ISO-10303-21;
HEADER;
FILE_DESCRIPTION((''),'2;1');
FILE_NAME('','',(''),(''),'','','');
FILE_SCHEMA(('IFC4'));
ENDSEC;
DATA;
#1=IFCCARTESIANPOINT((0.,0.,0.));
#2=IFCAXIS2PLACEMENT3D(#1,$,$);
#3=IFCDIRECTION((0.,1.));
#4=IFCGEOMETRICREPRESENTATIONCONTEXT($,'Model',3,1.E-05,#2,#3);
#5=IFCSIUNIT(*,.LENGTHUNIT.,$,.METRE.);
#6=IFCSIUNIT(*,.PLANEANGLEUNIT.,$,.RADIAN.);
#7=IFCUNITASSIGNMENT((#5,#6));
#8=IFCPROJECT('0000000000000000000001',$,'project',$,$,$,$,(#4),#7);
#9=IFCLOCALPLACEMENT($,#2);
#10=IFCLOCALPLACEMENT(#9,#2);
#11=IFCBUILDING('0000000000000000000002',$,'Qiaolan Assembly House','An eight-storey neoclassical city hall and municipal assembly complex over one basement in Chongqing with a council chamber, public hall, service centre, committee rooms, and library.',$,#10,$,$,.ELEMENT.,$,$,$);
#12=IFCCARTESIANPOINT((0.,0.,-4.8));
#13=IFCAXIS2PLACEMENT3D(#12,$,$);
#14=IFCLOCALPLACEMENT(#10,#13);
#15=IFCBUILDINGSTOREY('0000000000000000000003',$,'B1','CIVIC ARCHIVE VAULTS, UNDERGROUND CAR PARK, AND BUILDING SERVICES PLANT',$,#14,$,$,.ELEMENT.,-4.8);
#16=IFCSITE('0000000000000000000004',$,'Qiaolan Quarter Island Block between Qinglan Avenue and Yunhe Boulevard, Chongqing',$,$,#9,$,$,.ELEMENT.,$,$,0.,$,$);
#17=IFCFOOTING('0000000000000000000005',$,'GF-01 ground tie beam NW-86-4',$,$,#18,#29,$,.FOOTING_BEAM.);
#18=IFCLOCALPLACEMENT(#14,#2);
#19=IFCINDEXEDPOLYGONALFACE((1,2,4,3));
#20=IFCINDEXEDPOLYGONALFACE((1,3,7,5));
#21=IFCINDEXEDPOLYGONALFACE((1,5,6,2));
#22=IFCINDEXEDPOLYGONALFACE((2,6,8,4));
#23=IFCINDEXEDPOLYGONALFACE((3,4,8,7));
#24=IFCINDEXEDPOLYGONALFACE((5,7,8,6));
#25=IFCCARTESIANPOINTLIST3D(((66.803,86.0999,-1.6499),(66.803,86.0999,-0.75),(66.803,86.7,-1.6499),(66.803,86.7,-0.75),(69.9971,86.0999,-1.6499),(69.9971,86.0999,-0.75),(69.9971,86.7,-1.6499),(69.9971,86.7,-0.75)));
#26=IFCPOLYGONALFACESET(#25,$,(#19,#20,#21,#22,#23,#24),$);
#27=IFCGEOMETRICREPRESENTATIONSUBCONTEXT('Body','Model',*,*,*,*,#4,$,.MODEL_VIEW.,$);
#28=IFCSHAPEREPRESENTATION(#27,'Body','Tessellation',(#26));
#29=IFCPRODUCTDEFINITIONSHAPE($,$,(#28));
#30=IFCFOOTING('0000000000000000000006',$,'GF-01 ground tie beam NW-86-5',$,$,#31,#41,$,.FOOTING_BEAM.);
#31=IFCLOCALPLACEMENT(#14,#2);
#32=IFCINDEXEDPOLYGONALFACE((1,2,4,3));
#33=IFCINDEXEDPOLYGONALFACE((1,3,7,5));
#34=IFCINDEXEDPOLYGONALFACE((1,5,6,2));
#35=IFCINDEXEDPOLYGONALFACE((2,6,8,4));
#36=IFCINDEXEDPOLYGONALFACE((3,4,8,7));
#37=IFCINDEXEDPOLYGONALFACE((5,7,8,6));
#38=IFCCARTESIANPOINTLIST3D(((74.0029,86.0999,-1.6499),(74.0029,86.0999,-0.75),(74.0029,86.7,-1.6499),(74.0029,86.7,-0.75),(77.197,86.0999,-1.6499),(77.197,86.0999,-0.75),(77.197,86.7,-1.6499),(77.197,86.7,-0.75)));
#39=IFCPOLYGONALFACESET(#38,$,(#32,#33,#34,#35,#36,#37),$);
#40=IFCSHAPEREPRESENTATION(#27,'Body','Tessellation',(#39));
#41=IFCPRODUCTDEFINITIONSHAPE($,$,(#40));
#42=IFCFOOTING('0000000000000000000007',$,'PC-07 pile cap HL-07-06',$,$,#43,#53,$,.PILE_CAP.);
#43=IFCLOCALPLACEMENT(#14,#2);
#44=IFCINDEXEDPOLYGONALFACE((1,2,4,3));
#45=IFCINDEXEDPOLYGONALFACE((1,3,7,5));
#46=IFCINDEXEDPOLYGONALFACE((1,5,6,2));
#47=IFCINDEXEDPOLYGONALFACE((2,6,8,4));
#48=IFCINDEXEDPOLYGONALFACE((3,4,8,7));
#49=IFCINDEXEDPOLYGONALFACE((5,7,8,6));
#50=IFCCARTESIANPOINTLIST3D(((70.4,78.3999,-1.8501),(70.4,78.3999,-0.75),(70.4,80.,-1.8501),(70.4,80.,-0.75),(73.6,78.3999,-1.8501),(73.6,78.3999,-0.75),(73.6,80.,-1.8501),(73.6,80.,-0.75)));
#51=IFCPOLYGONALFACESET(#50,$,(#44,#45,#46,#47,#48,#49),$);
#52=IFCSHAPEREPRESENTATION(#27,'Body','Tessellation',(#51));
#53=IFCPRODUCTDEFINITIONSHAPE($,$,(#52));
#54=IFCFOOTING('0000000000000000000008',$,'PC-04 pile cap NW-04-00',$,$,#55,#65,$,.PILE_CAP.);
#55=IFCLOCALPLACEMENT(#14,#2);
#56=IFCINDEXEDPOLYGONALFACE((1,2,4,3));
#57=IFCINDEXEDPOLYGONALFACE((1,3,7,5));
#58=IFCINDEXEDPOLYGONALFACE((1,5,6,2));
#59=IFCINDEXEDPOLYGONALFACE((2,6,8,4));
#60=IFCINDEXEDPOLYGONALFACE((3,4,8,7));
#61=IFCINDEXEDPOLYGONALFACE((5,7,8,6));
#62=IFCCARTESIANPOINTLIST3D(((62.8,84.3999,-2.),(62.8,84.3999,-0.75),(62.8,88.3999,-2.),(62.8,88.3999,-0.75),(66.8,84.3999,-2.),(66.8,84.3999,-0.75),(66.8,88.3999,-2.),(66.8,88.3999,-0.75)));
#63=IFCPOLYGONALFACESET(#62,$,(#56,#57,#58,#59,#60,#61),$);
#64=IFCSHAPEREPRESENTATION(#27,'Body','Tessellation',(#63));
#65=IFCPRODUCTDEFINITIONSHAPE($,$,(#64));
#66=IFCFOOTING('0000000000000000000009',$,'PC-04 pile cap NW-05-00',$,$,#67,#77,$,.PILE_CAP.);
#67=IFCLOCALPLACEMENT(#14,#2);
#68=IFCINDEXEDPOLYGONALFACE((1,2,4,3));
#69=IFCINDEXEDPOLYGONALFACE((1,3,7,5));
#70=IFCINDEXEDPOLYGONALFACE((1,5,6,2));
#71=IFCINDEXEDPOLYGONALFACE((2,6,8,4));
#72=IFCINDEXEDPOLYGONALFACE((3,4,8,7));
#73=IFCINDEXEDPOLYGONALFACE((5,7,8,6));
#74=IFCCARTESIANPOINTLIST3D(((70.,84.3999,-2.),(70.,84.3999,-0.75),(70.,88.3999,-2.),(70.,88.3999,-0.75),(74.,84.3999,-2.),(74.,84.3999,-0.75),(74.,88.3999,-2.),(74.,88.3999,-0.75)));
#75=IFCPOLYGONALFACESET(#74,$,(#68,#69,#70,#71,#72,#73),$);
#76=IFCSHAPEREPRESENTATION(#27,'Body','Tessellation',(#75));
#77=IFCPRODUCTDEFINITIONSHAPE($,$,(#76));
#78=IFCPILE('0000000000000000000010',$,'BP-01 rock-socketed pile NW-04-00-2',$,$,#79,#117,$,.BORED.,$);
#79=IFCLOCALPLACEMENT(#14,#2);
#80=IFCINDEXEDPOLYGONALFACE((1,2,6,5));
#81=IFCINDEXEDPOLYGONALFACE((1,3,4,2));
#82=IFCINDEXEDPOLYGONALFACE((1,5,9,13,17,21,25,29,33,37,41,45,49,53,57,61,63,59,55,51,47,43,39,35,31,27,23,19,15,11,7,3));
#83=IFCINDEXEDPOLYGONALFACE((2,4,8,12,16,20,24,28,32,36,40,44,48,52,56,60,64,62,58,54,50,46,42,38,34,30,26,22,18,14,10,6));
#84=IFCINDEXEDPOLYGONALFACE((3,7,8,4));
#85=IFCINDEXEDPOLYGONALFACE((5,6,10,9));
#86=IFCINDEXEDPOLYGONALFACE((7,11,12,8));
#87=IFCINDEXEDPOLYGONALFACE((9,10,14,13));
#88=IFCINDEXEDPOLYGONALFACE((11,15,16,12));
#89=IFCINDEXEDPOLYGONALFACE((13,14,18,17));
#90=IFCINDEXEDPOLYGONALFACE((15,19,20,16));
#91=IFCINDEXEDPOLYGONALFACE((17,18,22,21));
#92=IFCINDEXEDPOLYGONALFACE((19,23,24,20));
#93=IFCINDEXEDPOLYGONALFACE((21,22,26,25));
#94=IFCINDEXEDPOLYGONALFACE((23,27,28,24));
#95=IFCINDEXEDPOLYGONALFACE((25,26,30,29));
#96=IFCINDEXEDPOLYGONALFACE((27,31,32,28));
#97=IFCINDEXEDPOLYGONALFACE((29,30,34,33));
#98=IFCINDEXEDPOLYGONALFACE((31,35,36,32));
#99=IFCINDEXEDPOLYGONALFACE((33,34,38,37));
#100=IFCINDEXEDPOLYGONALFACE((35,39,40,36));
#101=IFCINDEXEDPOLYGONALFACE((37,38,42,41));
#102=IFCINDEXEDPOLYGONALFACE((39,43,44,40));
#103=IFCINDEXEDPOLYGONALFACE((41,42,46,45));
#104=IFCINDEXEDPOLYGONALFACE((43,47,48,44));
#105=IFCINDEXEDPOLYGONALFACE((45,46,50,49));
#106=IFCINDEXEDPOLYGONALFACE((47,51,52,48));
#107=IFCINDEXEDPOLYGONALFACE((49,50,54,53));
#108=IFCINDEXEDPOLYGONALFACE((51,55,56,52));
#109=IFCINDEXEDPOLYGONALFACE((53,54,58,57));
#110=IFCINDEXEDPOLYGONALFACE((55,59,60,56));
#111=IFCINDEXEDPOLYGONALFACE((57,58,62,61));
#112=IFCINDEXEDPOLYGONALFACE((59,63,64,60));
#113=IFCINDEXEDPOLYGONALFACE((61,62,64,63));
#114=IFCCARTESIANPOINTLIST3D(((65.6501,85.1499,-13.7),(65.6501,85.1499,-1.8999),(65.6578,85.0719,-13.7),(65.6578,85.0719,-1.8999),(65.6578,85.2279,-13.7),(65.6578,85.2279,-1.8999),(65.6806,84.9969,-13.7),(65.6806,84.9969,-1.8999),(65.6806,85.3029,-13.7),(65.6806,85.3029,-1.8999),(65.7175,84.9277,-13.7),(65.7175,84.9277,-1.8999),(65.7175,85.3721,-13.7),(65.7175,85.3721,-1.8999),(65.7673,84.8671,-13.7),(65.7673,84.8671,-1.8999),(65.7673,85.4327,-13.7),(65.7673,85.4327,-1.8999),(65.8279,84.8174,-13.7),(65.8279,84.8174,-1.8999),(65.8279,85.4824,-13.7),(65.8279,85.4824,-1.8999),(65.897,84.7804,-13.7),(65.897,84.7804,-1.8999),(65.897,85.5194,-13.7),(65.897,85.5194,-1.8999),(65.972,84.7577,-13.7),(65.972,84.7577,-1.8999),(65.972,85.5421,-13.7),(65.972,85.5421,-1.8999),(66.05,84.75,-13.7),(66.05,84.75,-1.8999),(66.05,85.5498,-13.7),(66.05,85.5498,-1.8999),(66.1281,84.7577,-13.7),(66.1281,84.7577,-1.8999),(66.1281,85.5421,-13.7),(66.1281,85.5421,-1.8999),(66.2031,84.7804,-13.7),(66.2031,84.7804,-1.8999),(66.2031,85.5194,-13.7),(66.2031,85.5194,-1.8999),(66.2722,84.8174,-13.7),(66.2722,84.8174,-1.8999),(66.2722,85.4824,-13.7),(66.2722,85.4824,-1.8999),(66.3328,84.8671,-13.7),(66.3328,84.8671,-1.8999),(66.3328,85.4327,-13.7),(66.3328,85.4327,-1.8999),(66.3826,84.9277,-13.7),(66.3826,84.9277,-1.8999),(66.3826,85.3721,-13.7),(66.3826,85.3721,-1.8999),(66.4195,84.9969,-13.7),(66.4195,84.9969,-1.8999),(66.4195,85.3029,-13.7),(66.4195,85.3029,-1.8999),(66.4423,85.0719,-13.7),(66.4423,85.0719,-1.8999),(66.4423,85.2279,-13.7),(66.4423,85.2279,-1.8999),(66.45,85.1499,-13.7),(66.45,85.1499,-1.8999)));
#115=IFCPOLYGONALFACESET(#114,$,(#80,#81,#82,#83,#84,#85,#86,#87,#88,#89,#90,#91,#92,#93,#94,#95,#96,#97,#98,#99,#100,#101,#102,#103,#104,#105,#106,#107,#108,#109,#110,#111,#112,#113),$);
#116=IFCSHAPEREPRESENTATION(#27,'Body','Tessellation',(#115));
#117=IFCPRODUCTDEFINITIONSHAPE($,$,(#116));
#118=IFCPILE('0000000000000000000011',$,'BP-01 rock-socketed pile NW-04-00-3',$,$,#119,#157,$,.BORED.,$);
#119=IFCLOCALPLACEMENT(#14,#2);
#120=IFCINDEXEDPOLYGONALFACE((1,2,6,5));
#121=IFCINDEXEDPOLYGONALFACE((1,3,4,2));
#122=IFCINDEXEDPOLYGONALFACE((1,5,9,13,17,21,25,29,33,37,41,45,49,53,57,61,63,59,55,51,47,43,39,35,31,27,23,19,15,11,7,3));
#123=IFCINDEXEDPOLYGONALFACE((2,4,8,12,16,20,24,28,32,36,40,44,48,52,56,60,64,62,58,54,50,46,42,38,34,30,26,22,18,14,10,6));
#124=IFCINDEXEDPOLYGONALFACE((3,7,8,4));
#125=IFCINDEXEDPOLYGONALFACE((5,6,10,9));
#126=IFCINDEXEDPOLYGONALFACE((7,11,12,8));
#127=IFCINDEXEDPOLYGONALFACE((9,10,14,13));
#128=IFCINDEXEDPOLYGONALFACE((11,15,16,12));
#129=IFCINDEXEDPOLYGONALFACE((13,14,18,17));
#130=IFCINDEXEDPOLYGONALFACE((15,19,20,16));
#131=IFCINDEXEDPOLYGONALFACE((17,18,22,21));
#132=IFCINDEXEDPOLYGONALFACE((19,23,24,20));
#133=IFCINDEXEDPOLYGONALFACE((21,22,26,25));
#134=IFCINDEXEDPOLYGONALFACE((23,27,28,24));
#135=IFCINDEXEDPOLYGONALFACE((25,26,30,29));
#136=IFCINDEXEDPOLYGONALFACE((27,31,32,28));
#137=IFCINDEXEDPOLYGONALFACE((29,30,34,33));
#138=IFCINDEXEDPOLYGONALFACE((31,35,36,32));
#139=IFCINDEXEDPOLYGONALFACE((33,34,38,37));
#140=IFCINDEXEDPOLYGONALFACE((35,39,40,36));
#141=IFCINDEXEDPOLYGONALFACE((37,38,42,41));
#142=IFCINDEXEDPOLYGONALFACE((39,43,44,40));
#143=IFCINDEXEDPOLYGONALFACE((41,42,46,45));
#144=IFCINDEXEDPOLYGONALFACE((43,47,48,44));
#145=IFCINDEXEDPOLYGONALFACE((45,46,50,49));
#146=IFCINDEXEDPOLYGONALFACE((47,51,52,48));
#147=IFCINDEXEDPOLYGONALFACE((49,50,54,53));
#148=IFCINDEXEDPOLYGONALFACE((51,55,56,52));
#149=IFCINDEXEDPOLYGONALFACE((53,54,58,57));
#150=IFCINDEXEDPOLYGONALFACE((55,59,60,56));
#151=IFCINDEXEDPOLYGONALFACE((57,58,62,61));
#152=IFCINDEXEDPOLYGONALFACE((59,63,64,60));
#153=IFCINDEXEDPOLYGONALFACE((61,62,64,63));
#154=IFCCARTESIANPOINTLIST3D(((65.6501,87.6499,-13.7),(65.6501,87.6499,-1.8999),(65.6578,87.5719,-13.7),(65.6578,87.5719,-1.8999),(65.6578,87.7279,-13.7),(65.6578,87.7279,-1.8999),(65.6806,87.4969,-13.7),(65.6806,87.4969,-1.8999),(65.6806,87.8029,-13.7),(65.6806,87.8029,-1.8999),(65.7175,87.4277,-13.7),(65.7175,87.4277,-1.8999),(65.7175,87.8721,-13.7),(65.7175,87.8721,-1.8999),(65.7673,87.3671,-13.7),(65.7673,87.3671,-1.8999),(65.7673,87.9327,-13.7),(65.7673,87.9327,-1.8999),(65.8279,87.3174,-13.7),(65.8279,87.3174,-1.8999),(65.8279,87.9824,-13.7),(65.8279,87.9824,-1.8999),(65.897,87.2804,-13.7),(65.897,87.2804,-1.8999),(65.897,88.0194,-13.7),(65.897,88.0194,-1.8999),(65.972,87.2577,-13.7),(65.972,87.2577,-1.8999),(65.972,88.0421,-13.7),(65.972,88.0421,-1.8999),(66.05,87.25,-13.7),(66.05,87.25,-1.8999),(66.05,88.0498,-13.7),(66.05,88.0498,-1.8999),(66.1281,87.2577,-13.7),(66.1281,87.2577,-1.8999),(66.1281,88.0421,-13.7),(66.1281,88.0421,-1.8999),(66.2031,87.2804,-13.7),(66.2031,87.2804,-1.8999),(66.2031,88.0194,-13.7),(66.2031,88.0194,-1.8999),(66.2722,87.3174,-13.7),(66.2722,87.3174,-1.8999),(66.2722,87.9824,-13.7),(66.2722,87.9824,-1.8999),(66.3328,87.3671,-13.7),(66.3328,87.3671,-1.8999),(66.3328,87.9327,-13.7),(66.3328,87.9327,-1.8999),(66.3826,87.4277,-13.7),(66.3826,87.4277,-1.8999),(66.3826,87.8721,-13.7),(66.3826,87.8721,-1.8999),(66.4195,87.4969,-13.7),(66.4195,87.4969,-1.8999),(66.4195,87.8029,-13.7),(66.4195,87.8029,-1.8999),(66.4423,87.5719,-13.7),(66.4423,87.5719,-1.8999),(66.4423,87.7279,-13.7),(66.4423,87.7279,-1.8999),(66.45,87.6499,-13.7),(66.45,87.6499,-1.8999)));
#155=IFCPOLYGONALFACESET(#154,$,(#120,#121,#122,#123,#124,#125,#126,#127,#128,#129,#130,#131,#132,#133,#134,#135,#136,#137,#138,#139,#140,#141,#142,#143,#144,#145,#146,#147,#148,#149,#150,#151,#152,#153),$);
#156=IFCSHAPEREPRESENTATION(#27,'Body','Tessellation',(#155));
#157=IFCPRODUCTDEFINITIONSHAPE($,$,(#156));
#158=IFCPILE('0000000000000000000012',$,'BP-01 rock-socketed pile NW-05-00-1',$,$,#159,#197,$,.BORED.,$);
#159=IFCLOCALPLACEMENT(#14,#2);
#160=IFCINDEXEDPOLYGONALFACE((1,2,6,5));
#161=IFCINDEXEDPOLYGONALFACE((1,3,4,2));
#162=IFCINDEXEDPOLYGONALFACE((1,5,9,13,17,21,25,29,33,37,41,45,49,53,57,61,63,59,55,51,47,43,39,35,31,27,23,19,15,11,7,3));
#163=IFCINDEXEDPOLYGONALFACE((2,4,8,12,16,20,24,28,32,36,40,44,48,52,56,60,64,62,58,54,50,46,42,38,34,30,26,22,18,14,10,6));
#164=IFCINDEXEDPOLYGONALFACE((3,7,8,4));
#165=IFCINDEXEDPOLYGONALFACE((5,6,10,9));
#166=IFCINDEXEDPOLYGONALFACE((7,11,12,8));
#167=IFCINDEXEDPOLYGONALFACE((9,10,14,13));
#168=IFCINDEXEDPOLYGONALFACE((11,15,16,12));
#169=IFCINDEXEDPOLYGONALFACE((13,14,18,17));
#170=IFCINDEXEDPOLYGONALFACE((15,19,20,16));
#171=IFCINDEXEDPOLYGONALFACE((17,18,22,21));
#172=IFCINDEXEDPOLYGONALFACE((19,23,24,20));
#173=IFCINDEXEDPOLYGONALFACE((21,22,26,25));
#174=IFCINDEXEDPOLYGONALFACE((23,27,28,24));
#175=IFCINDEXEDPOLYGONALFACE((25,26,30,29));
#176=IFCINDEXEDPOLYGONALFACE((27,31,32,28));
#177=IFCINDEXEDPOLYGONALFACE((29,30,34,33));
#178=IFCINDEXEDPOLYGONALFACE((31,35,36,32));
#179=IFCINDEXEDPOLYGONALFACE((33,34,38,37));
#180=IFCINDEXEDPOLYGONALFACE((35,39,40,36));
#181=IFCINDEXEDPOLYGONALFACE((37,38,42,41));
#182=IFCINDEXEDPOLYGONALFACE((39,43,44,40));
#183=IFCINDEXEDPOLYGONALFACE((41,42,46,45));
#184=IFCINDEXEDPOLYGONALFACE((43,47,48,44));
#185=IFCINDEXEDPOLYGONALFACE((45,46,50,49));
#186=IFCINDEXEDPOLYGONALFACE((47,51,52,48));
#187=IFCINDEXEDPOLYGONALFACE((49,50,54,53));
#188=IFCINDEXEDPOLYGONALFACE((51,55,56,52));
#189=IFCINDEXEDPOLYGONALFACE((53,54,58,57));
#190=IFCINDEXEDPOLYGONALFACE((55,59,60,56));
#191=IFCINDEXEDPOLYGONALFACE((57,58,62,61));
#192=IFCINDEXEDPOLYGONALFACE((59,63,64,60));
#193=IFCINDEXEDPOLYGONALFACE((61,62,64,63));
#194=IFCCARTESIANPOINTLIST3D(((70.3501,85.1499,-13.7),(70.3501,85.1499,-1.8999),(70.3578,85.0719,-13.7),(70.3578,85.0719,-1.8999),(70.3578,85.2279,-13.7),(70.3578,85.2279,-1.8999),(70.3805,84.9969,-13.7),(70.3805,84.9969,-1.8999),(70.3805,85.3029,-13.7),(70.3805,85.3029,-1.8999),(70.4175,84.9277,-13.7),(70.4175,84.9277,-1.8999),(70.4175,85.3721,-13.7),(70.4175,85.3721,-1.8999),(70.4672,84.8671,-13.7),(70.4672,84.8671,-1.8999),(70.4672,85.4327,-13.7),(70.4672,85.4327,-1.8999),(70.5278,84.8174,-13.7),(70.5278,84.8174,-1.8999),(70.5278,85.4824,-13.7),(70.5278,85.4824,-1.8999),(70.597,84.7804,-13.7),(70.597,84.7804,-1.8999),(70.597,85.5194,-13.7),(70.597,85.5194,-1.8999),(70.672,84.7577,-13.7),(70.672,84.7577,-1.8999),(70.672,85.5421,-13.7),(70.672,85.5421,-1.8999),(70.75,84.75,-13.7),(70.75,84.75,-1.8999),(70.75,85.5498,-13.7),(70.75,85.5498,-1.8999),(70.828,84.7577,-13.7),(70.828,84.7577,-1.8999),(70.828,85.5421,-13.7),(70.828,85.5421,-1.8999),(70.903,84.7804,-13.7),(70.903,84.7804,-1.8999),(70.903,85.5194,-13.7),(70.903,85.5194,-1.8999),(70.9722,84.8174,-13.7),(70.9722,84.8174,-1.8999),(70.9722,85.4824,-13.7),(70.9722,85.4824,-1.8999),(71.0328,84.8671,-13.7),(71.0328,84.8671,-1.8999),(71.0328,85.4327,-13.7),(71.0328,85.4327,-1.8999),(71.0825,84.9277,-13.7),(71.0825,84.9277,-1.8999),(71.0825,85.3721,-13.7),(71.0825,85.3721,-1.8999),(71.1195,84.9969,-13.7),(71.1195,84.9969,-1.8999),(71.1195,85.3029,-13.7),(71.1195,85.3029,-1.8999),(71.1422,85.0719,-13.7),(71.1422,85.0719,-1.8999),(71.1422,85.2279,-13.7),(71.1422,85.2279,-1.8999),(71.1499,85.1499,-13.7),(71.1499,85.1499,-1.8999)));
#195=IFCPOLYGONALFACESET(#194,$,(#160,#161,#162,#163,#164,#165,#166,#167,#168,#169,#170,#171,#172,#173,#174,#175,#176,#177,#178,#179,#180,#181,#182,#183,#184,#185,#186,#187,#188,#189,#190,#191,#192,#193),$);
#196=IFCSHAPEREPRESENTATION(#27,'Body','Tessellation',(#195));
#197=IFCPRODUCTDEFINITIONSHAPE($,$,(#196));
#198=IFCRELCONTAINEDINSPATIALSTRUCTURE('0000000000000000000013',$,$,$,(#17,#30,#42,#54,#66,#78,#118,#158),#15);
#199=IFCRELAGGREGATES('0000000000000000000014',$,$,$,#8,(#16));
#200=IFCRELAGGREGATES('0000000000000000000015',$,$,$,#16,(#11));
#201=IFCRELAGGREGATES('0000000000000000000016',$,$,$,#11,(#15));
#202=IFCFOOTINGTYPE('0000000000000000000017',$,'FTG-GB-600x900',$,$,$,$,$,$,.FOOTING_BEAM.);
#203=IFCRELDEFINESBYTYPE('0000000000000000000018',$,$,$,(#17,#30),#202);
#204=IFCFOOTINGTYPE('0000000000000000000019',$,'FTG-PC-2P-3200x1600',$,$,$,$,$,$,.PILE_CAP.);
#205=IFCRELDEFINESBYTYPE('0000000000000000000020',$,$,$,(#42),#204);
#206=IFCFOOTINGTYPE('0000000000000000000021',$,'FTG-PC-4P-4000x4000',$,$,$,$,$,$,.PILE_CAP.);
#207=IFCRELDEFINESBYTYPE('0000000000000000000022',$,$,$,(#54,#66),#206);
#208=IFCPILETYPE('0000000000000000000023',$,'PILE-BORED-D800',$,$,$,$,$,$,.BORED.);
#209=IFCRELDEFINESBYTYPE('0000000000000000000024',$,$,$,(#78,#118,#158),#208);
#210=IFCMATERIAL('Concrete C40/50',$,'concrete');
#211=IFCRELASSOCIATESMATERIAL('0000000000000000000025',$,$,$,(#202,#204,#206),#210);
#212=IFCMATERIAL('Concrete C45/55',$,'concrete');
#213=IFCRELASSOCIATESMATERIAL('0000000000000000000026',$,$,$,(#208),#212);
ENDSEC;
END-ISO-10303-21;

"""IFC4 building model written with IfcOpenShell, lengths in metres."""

from ifc_helpers import new_model, si_unit, direction, frame, origin, origin_2d, place, context, subcontext, project, spatial, rectangle, circle, extrude, material, material_profile, profile_set, type_object, element, save


model = new_model("IFC4")

# Units and contexts
model_context = context("Model", 3, precision=1e-05, world=origin(), true_north=direction((0.0, 1.0)))
body_context = subcontext(model_context, "Body", "Model", "MODEL_VIEW")
ifc_project = project(units=[si_unit("LENGTHUNIT", "METRE"), si_unit("PLANEANGLEUNIT", "RADIAN")], contexts=[model_context])

# Site, building, storey
site_placement = place(None, origin())
site = spatial("IfcSite", under=ifc_project, at=site_placement, Name="Qiaolan Quarter Island Block between Qinglan Avenue and Yunhe Boulevard, Chongqing", CompositionType="ELEMENT", RefElevation=0.0)
building_placement = place(site_placement, origin())
building = spatial("IfcBuilding", under=site, at=building_placement, Name="Qiaolan Assembly House", Description="An eight-storey neoclassical city hall and municipal assembly complex over one basement in Chongqing with a council chamber, public hall, service centre, committee rooms, and library.", CompositionType="ELEMENT")
storey_placement = place(building_placement, frame((0.0, 0.0, -4.8)))
storey = spatial("IfcBuildingStorey", under=building, at=storey_placement, Name="B1", Description="CIVIC ARCHIVE VAULTS, UNDERGROUND CAR PARK, AND BUILDING SERVICES PLANT", CompositionType="ELEMENT", Elevation=-4.8)

# Footings
ifc_material_1 = material(Name="Concrete C40/50", Category="concrete")
ifc_material_profile_1 = material_profile(ifc_material_1, rectangle(XDim=0.6001, YDim=0.8999, at=origin_2d()), Name="GF 600x900")
ifc_profile_set_1 = profile_set([ifc_material_profile_1], Name="Concrete C40/50")
footing_type_1 = type_object("IfcFootingType", Name="FTG-GB-600x900", PredefinedType="FOOTING_BEAM", material=ifc_profile_set_1)
for number, where, z_axis, x_axis, name in (
    (1, (66.803, 86.3999, -1.2), (1.0, 0.0, 0.0), (0.0, 1.0, 0.0), "GF-01 ground tie beam NW-86-4"),
    (2, (74.0029, 86.3999, -1.2), (1.0, 0.0, 0.0), (0.0, 1.0, 0.0), "GF-01 ground tie beam NW-86-5"),
):
    element("IfcFooting", number, at=place(storey_placement, frame(where, z_axis=z_axis, x_axis=x_axis)), inside=storey, type_object=footing_type_1, Name=name, PredefinedType="FOOTING_BEAM", context=body_context, shape_type="SweptSolid", body=[
        extrude(rectangle(XDim=0.6001, YDim=0.8999, at=origin_2d()), origin(), (0.0, 0.0, 1.0), 3.1941),
    ])
footing_type_2 = type_object("IfcFootingType", Name="FTG-PC-2P-3200x1600", PredefinedType="PILE_CAP", material=ifc_material_1)
footing_placement = place(storey_placement, frame((72.0, 79.2, -1.8501), z_axis=(0.0, 0.0, 1.0), x_axis=(1.0, 0.0, 0.0)))
element("IfcFooting", 3, at=footing_placement, inside=storey, type_object=footing_type_2, Name="PC-07 pile cap HL-07-06", PredefinedType="PILE_CAP", context=body_context, shape_type="SweptSolid", body=[
    extrude(rectangle(XDim=3.2, YDim=1.6001, at=origin_2d()), origin(), (0.0, 0.0, 1.0), 1.1001),
])
footing_type_3 = type_object("IfcFootingType", Name="FTG-PC-4P-4000x4000", PredefinedType="PILE_CAP", material=ifc_material_1)
for number, where, z_axis, x_axis, name in (
    (4, (64.8, 86.3999, -2.0), (0.0, 0.0, 1.0), (1.0, 0.0, 0.0), "PC-04 pile cap NW-04-00"),
    (5, (72.0, 86.3999, -2.0), (0.0, 0.0, 1.0), (1.0, 0.0, 0.0), "PC-04 pile cap NW-05-00"),
):
    element("IfcFooting", number, at=place(storey_placement, frame(where, z_axis=z_axis, x_axis=x_axis)), inside=storey, type_object=footing_type_3, Name=name, PredefinedType="PILE_CAP", context=body_context, shape_type="SweptSolid", body=[
        extrude(rectangle(XDim=4.0, YDim=4.0, at=origin_2d()), origin(), (0.0, 0.0, 1.0), 1.25),
    ])

# Piles
ifc_material_2 = material(Name="Concrete C45/55", Category="concrete")
ifc_material_profile_2 = material_profile(ifc_material_2, circle(Radius=0.3999, at=origin_2d()), Name="PILE D800")
ifc_profile_set_2 = profile_set([ifc_material_profile_2], Name="Concrete C45/55")
pile_type = type_object("IfcPileType", Name="PILE-BORED-D800", PredefinedType="BORED", material=ifc_profile_set_2)
for number, where, z_axis, x_axis, name in (
    (6, (66.05, 85.1499, -1.8999), (0.0, 0.0, -1.0), (1.0, 0.0, 0.0), "BP-01 rock-socketed pile NW-04-00-2"),
    (7, (66.05, 87.6499, -1.8999), (0.0, 0.0, -1.0), (1.0, 0.0, 0.0), "BP-01 rock-socketed pile NW-04-00-3"),
    (8, (70.75, 85.1499, -1.8999), (0.0, 0.0, -1.0), (1.0, 0.0, 0.0), "BP-01 rock-socketed pile NW-05-00-1"),
):
    element("IfcPile", number, at=place(storey_placement, frame(where, z_axis=z_axis, x_axis=x_axis)), inside=storey, type_object=pile_type, Name=name, PredefinedType="BORED", context=body_context, shape_type="SweptSolid", body=[
        extrude(circle(Radius=0.3999, at=origin_2d()), origin(), (0.0, 0.0, 1.0), 11.8),
    ])

save(model, "model.ifc")
